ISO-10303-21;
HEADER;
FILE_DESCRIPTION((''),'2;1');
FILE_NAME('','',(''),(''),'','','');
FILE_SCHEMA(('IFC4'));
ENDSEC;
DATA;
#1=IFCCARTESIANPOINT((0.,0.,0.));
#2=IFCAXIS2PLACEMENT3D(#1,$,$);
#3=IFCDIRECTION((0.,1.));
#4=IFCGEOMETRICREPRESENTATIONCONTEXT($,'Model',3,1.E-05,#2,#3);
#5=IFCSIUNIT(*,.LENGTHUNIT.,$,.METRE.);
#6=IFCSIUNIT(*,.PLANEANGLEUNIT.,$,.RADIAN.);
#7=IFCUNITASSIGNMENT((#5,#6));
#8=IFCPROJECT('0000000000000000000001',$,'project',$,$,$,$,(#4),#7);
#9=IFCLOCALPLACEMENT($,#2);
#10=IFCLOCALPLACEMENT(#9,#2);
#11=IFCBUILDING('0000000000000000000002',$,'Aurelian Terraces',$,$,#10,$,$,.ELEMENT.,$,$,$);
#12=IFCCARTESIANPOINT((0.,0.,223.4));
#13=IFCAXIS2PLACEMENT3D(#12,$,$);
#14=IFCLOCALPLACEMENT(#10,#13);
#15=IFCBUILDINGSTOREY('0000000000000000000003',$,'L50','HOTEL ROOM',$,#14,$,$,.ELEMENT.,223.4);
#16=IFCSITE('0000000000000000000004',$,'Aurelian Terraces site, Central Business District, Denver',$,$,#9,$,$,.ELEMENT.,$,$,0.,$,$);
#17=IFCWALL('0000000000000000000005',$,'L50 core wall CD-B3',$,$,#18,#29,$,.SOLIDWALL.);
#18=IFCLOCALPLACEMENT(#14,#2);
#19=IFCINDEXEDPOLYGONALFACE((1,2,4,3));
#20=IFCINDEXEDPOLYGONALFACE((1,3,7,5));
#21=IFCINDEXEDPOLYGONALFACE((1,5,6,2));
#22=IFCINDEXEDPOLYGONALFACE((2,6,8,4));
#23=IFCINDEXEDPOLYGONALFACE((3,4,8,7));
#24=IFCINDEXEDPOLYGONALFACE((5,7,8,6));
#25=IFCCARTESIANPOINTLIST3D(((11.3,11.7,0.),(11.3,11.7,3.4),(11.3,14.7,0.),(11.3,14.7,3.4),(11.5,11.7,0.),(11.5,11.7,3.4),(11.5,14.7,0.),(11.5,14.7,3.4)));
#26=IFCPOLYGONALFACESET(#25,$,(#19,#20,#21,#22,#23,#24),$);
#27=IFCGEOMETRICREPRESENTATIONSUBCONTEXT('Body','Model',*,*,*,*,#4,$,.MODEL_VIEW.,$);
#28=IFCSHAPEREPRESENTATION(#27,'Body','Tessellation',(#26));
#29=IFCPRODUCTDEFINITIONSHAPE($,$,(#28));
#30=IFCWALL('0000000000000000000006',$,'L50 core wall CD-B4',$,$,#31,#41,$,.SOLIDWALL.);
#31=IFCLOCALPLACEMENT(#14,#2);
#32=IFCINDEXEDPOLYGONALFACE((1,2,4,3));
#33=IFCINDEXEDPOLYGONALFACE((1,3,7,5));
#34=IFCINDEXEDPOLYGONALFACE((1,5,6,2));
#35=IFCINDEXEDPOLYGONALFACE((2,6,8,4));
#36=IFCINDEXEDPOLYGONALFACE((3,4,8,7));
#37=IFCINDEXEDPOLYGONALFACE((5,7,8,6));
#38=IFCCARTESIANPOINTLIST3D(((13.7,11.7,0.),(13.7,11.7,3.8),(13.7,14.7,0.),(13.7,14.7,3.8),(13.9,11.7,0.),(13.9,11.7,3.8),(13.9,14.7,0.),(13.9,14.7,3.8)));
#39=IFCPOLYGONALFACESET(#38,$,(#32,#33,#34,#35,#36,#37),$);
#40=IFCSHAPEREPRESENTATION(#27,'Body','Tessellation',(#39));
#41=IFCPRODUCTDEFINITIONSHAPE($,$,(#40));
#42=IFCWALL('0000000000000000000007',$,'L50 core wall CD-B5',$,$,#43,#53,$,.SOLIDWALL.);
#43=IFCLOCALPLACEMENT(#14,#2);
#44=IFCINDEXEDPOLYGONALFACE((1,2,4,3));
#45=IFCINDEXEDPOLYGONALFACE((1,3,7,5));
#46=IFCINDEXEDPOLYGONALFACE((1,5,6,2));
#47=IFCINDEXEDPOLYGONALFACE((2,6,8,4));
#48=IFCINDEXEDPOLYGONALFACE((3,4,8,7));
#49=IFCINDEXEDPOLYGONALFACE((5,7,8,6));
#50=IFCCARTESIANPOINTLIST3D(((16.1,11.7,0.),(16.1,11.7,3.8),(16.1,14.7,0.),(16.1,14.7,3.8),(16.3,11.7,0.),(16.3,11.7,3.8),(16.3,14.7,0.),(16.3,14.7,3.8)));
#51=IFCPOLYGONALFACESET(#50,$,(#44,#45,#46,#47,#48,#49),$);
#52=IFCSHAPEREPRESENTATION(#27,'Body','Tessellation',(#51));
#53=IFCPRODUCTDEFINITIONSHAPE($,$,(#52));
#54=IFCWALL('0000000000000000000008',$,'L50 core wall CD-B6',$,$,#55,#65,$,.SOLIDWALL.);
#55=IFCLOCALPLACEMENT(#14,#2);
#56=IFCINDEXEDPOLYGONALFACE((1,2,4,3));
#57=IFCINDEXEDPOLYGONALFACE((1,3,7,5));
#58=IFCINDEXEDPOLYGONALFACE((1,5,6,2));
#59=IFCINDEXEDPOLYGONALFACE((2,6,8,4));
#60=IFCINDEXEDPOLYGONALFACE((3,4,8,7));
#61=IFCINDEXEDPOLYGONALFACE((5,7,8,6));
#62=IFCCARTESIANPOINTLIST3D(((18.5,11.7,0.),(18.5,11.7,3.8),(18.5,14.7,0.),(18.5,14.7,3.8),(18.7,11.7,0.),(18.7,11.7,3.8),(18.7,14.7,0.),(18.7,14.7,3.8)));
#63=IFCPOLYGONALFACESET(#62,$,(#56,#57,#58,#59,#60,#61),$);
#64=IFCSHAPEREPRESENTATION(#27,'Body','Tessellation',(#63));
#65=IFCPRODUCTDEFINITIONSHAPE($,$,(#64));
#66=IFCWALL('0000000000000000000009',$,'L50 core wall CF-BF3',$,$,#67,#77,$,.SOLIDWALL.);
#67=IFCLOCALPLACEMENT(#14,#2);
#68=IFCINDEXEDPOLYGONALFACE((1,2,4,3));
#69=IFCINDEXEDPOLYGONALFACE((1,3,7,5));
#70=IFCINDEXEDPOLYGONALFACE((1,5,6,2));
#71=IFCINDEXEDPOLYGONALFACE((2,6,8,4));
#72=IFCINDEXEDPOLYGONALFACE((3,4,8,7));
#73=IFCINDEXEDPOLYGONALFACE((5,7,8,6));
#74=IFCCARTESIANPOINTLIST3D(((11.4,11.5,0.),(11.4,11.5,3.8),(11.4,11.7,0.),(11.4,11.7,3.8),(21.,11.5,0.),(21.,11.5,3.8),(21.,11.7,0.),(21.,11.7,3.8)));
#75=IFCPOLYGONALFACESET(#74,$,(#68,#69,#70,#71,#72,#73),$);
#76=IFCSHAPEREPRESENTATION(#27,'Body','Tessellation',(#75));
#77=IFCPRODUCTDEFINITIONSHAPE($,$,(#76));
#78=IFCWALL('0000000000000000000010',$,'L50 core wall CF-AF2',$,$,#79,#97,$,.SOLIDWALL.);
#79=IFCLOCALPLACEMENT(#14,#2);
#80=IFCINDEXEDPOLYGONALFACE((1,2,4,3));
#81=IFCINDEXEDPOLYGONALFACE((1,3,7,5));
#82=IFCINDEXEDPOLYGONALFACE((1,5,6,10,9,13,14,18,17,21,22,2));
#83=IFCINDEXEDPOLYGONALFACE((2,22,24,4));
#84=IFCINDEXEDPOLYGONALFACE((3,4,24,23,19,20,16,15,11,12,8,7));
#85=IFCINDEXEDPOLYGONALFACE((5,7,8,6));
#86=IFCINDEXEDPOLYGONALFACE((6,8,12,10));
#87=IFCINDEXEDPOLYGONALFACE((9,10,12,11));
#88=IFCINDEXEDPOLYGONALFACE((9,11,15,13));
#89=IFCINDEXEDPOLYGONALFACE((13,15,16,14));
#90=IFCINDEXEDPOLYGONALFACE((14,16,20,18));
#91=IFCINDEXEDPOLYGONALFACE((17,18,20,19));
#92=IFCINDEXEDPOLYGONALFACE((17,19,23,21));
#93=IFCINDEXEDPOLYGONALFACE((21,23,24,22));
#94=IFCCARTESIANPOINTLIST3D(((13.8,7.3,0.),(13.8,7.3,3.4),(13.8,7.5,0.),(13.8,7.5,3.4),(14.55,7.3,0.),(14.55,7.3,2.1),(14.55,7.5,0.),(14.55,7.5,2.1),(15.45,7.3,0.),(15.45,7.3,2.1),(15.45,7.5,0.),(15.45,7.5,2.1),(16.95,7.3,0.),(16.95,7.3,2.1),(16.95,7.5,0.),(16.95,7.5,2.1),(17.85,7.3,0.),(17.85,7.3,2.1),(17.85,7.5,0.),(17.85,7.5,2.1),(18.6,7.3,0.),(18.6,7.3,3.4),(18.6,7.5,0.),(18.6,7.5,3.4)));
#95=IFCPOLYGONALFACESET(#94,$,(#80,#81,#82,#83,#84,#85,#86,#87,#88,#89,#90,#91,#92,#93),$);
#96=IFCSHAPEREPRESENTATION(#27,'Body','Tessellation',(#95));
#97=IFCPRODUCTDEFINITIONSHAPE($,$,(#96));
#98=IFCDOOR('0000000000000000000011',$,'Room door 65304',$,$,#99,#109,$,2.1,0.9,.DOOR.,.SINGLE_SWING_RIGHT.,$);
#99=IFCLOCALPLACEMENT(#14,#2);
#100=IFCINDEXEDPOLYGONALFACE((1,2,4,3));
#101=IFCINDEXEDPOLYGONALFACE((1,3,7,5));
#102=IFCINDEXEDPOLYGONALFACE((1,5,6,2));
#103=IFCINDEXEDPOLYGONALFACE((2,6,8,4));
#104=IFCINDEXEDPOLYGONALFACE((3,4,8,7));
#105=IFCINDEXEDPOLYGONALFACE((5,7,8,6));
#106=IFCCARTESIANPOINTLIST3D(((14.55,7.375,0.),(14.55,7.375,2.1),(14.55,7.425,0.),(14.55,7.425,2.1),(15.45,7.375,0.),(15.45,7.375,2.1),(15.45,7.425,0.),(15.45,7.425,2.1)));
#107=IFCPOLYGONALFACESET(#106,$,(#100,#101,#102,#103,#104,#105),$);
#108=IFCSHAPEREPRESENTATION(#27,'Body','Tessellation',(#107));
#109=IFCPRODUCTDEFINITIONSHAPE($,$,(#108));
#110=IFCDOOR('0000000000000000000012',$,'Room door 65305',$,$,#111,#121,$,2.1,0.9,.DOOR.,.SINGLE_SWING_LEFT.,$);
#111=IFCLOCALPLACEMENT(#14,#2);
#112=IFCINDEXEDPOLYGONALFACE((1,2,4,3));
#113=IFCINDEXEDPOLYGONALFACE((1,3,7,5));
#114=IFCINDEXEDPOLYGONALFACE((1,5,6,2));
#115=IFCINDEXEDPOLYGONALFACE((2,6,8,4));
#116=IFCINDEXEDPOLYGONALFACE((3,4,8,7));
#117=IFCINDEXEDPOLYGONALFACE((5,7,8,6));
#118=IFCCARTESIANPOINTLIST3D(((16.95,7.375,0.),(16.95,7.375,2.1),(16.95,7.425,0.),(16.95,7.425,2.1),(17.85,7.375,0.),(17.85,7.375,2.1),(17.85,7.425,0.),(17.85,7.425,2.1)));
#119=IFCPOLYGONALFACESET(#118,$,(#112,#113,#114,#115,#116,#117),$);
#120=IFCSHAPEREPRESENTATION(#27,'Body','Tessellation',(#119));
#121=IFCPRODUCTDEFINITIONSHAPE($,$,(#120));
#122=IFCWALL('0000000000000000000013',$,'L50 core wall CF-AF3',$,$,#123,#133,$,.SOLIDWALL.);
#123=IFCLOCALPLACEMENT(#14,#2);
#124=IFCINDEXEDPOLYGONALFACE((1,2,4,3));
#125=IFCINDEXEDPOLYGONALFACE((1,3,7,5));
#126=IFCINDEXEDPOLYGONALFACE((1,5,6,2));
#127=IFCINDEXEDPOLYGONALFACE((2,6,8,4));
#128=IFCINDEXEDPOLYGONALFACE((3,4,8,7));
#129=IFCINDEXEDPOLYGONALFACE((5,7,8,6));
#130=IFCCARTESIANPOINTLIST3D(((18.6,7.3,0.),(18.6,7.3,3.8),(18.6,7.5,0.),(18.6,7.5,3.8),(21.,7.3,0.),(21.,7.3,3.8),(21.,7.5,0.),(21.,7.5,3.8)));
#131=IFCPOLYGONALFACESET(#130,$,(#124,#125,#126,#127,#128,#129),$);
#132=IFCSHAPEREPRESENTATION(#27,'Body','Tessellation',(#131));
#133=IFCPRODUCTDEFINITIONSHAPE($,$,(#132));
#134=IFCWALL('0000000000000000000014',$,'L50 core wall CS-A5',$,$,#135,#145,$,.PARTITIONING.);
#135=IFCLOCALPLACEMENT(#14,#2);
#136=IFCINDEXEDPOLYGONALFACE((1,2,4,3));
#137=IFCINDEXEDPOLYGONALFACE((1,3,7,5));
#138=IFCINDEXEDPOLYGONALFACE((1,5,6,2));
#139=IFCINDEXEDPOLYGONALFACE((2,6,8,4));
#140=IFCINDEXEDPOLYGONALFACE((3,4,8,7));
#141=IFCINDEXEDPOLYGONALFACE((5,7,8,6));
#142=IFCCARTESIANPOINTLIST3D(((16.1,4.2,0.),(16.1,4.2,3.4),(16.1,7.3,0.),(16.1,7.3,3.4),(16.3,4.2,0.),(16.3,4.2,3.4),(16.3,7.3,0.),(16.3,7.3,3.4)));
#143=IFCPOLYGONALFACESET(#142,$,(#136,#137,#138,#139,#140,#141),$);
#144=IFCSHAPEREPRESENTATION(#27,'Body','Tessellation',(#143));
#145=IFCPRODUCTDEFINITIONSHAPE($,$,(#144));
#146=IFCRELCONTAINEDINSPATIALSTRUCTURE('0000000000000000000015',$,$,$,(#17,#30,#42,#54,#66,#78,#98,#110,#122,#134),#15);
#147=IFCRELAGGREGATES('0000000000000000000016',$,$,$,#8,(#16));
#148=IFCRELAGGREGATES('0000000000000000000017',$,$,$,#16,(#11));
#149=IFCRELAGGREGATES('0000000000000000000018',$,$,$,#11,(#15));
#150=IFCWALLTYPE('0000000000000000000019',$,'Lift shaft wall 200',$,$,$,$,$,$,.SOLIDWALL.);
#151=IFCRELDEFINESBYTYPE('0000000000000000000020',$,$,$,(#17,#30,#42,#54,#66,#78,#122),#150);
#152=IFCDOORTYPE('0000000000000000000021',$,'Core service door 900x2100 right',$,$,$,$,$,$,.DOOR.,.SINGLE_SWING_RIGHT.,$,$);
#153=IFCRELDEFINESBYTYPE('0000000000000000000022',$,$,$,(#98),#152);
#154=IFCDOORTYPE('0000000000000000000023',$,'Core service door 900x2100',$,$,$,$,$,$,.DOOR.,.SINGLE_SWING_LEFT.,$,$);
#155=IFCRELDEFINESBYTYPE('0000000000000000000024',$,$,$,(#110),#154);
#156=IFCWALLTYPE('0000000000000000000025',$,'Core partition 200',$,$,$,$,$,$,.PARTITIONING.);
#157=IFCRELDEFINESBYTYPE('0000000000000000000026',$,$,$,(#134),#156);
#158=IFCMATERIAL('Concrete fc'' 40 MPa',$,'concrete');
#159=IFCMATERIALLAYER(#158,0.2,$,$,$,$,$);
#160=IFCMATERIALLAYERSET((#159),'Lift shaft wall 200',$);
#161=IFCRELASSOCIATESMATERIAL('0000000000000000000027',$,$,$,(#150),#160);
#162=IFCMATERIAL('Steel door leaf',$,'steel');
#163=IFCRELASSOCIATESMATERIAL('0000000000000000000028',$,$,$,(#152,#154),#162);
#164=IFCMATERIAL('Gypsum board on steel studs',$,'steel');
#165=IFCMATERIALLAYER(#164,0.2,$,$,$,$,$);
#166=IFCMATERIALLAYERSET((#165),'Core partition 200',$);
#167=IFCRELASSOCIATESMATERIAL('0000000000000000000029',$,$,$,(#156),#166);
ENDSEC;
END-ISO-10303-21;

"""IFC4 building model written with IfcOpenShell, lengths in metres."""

from ifc_helpers import new_model, si_unit, direction, frame, frame_2d, origin, place, context, subcontext, project, spatial, rectangle, extrude, source, transform, mapped, material, layer, layer_set, type_object, element, fill, save


model = new_model("IFC4")

# Units and contexts
model_context = context("Model", 3, precision=1e-05, world=origin(), true_north=direction((0.0, 1.0)))
body_context = subcontext(model_context, "Body", "Model", "MODEL_VIEW")
ifc_project = project(units=[si_unit("LENGTHUNIT", "METRE"), si_unit("PLANEANGLEUNIT", "RADIAN")], contexts=[model_context])

# Site, building, storey
site_placement = place(None, origin())
site = spatial("IfcSite", under=ifc_project, at=site_placement, Name="Aurelian Terraces site, Central Business District, Denver", CompositionType="ELEMENT", RefElevation=0.0)
building_placement = place(site_placement, origin())
building = spatial("IfcBuilding", under=site, at=building_placement, Name="Aurelian Terraces", CompositionType="ELEMENT")
storey_placement = place(building_placement, frame((0.0, 0.0, 223.4)))
storey = spatial("IfcBuildingStorey", under=building, at=storey_placement, Name="L50", Description="HOTEL ROOM", CompositionType="ELEMENT", Elevation=223.4)

# Shared definitions
ifc_material_1 = material(Name="Concrete fc' 40 MPa", Category="concrete")

# Walls
ifc_layer_1 = layer(ifc_material_1, 0.2)
ifc_layer_set_1 = layer_set([ifc_layer_1], Name="Lift shaft wall 200")
wall_type_1 = type_object("IfcWallType", Name="Lift shaft wall 200", PredefinedType="SOLIDWALL", material=ifc_layer_set_1)
shared_shape_1 = source(origin(), body_context, "Body", "SweptSolid", [
    extrude(rectangle(XDim=3.0, YDim=0.2, at=frame_2d((1.5, 0.0))), origin(), (0.0, 0.0, 1.0), 3.4),
])
wall_1_placement = place(storey_placement, frame((11.4, 11.7, 0.0), z_axis=(0.0, 0.0, 1.0), x_axis=(0.0, 1.0, 0.0)))
element("IfcWall", 1, at=wall_1_placement, inside=storey, type_object=wall_type_1, Name="L50 core wall CD-B3", PredefinedType="SOLIDWALL", context=body_context, shape_type="MappedRepresentation", body=[
    mapped(shared_shape_1, transform((0.0, 0.0, 0.0), scale=1.0)),
])
shared_shape_2 = source(origin(), body_context, "Body", "SweptSolid", [
    extrude(rectangle(XDim=3.0, YDim=0.2, at=frame_2d((1.5, 0.0))), origin(), (0.0, 0.0, 1.0), 3.8),
])
for number, where, z_axis, x_axis, name in (
    (2, (13.8, 11.7, 0.0), (0.0, 0.0, 1.0), (0.0, 1.0, 0.0), "L50 core wall CD-B4"),
    (3, (16.2, 11.7, 0.0), (0.0, 0.0, 1.0), (0.0, 1.0, 0.0), "L50 core wall CD-B5"),
    (4, (18.6, 11.7, 0.0), (0.0, 0.0, 1.0), (0.0, 1.0, 0.0), "L50 core wall CD-B6"),
):
    element("IfcWall", number, at=place(storey_placement, frame(where, z_axis=z_axis, x_axis=x_axis)), inside=storey, type_object=wall_type_1, Name=name, PredefinedType="SOLIDWALL", context=body_context, shape_type="MappedRepresentation", body=[
        mapped(shared_shape_2, transform((0.0, 0.0, 0.0), scale=1.0)),
    ])
shared_shape_3 = source(origin(), body_context, "Body", "SweptSolid", [
    extrude(rectangle(XDim=9.6, YDim=0.2, at=frame_2d((4.8, 0.0))), origin(), (0.0, 0.0, 1.0), 3.8),
])
wall_2_placement = place(storey_placement, frame((11.4, 11.6, 0.0), z_axis=(0.0, 0.0, 1.0), x_axis=(1.0, 0.0, 0.0)))
element("IfcWall", 5, at=wall_2_placement, inside=storey, type_object=wall_type_1, Name="L50 core wall CF-BF3", PredefinedType="SOLIDWALL", context=body_context, shape_type="MappedRepresentation", body=[
    mapped(shared_shape_3, transform((0.0, 0.0, 0.0), scale=1.0)),
])

# Wall, openings, doors
shared_shape_4 = source(origin(), body_context, "Body", "SweptSolid", [
    extrude(rectangle(XDim=4.8, YDim=0.2, at=frame_2d((2.4, 0.0))), origin(), (0.0, 0.0, 1.0), 3.4),
])
wall_3_placement = place(storey_placement, frame((13.8, 7.4, 0.0), z_axis=(0.0, 0.0, 1.0), x_axis=(1.0, 0.0, 0.0)))
wall_3 = element("IfcWall", 6, at=wall_3_placement, inside=storey, type_object=wall_type_1, Name="L50 core wall CF-AF2", PredefinedType="SOLIDWALL", context=body_context, shape_type="MappedRepresentation", body=[
    mapped(shared_shape_4, transform((0.0, 0.0, 0.0), scale=1.0)),
])
shared_shape_5 = source(origin(), body_context, "Body", "SweptSolid", [
    extrude(rectangle(XDim=0.9, YDim=2.1, at=frame_2d((0.45, 1.05))), frame((0.0, 0.11, 0.0), z_axis=(0.0, -1.0, 0.0), x_axis=(1.0, 0.0, 0.0)), (0.0, 0.0, 1.0), 0.22),
])
opening_1_placement = place(wall_3_placement, frame((0.75, 0.0, 0.0)))
opening_1 = element("IfcOpeningElement", 7, at=opening_1_placement, cuts=wall_3, PredefinedType="OPENING", context=body_context, shape_type="MappedRepresentation", body=[
    mapped(shared_shape_5, transform((0.0, 0.0, 0.0), scale=1.0)),
])
opening_2_placement = place(wall_3_placement, frame((3.15, 0.0, 0.0)))
opening_2 = element("IfcOpeningElement", 8, at=opening_2_placement, cuts=wall_3, PredefinedType="OPENING", context=body_context, shape_type="MappedRepresentation", body=[
    mapped(shared_shape_5, transform((0.0, 0.0, 0.0), scale=1.0)),
])
ifc_material_2 = material(Name="Steel door leaf", Category="steel")
door_type_1 = type_object("IfcDoorType", Name="Core service door 900x2100 right", OperationType="SINGLE_SWING_RIGHT", PredefinedType="DOOR", material=ifc_material_2)
shared_shape_6 = source(origin(), body_context, "Body", "SweptSolid", [
    extrude(rectangle(XDim=0.9, YDim=2.1, at=frame_2d((0.45, 1.05))), frame((0.0, 0.025, 0.0), z_axis=(0.0, -1.0, 0.0), x_axis=(1.0, 0.0, 0.0)), (0.0, 0.0, 1.0), 0.05),
])
door_1_placement = place(opening_1_placement, origin())
door_1 = element("IfcDoor", 9, at=door_1_placement, inside=storey, type_object=door_type_1, Name="Room door 65304", OperationType="SINGLE_SWING_RIGHT", OverallHeight=2.1, OverallWidth=0.9, PredefinedType="DOOR", context=body_context, shape_type="MappedRepresentation", body=[
    mapped(shared_shape_6, transform((0.0, 0.0, 0.0), scale=1.0)),
])
fill(opening_1, door_1)
door_type_2 = type_object("IfcDoorType", Name="Core service door 900x2100", OperationType="SINGLE_SWING_LEFT", PredefinedType="DOOR", material=ifc_material_2)
door_2_placement = place(opening_2_placement, origin())
door_2 = element("IfcDoor", 10, at=door_2_placement, inside=storey, type_object=door_type_2, Name="Room door 65305", OperationType="SINGLE_SWING_LEFT", OverallHeight=2.1, OverallWidth=0.9, PredefinedType="DOOR", context=body_context, shape_type="MappedRepresentation", body=[
    mapped(shared_shape_6, transform((0.0, 0.0, 0.0), scale=1.0)),
])
fill(opening_2, door_2)

# Walls
shared_shape_7 = source(origin(), body_context, "Body", "SweptSolid", [
    extrude(rectangle(XDim=2.4, YDim=0.2, at=frame_2d((1.2, 0.0))), origin(), (0.0, 0.0, 1.0), 3.8),
])
wall_4_placement = place(storey_placement, frame((18.6, 7.4, 0.0), z_axis=(0.0, 0.0, 1.0), x_axis=(1.0, 0.0, 0.0)))
element("IfcWall", 11, at=wall_4_placement, inside=storey, type_object=wall_type_1, Name="L50 core wall CF-AF3", PredefinedType="SOLIDWALL", context=body_context, shape_type="MappedRepresentation", body=[
    mapped(shared_shape_7, transform((0.0, 0.0, 0.0), scale=1.0)),
])
ifc_material_3 = material(Name="Gypsum board on steel studs", Category="steel")
ifc_layer_2 = layer(ifc_material_3, 0.2)
ifc_layer_set_2 = layer_set([ifc_layer_2], Name="Core partition 200")
wall_type_2 = type_object("IfcWallType", Name="Core partition 200", PredefinedType="PARTITIONING", material=ifc_layer_set_2)
shared_shape_8 = source(origin(), body_context, "Body", "SweptSolid", [
    extrude(rectangle(XDim=3.1, YDim=0.2, at=frame_2d((1.55, 0.0))), origin(), (0.0, 0.0, 1.0), 3.4),
])
wall_5_placement = place(storey_placement, frame((16.2, 4.2, 0.0), z_axis=(0.0, 0.0, 1.0), x_axis=(0.0, 1.0, 0.0)))
element("IfcWall", 12, at=wall_5_placement, inside=storey, type_object=wall_type_2, Name="L50 core wall CS-A5", PredefinedType="PARTITIONING", context=body_context, shape_type="MappedRepresentation", body=[
    mapped(shared_shape_8, transform((0.0, 0.0, 0.0), scale=1.0)),
])

save(model, "model.ifc")
